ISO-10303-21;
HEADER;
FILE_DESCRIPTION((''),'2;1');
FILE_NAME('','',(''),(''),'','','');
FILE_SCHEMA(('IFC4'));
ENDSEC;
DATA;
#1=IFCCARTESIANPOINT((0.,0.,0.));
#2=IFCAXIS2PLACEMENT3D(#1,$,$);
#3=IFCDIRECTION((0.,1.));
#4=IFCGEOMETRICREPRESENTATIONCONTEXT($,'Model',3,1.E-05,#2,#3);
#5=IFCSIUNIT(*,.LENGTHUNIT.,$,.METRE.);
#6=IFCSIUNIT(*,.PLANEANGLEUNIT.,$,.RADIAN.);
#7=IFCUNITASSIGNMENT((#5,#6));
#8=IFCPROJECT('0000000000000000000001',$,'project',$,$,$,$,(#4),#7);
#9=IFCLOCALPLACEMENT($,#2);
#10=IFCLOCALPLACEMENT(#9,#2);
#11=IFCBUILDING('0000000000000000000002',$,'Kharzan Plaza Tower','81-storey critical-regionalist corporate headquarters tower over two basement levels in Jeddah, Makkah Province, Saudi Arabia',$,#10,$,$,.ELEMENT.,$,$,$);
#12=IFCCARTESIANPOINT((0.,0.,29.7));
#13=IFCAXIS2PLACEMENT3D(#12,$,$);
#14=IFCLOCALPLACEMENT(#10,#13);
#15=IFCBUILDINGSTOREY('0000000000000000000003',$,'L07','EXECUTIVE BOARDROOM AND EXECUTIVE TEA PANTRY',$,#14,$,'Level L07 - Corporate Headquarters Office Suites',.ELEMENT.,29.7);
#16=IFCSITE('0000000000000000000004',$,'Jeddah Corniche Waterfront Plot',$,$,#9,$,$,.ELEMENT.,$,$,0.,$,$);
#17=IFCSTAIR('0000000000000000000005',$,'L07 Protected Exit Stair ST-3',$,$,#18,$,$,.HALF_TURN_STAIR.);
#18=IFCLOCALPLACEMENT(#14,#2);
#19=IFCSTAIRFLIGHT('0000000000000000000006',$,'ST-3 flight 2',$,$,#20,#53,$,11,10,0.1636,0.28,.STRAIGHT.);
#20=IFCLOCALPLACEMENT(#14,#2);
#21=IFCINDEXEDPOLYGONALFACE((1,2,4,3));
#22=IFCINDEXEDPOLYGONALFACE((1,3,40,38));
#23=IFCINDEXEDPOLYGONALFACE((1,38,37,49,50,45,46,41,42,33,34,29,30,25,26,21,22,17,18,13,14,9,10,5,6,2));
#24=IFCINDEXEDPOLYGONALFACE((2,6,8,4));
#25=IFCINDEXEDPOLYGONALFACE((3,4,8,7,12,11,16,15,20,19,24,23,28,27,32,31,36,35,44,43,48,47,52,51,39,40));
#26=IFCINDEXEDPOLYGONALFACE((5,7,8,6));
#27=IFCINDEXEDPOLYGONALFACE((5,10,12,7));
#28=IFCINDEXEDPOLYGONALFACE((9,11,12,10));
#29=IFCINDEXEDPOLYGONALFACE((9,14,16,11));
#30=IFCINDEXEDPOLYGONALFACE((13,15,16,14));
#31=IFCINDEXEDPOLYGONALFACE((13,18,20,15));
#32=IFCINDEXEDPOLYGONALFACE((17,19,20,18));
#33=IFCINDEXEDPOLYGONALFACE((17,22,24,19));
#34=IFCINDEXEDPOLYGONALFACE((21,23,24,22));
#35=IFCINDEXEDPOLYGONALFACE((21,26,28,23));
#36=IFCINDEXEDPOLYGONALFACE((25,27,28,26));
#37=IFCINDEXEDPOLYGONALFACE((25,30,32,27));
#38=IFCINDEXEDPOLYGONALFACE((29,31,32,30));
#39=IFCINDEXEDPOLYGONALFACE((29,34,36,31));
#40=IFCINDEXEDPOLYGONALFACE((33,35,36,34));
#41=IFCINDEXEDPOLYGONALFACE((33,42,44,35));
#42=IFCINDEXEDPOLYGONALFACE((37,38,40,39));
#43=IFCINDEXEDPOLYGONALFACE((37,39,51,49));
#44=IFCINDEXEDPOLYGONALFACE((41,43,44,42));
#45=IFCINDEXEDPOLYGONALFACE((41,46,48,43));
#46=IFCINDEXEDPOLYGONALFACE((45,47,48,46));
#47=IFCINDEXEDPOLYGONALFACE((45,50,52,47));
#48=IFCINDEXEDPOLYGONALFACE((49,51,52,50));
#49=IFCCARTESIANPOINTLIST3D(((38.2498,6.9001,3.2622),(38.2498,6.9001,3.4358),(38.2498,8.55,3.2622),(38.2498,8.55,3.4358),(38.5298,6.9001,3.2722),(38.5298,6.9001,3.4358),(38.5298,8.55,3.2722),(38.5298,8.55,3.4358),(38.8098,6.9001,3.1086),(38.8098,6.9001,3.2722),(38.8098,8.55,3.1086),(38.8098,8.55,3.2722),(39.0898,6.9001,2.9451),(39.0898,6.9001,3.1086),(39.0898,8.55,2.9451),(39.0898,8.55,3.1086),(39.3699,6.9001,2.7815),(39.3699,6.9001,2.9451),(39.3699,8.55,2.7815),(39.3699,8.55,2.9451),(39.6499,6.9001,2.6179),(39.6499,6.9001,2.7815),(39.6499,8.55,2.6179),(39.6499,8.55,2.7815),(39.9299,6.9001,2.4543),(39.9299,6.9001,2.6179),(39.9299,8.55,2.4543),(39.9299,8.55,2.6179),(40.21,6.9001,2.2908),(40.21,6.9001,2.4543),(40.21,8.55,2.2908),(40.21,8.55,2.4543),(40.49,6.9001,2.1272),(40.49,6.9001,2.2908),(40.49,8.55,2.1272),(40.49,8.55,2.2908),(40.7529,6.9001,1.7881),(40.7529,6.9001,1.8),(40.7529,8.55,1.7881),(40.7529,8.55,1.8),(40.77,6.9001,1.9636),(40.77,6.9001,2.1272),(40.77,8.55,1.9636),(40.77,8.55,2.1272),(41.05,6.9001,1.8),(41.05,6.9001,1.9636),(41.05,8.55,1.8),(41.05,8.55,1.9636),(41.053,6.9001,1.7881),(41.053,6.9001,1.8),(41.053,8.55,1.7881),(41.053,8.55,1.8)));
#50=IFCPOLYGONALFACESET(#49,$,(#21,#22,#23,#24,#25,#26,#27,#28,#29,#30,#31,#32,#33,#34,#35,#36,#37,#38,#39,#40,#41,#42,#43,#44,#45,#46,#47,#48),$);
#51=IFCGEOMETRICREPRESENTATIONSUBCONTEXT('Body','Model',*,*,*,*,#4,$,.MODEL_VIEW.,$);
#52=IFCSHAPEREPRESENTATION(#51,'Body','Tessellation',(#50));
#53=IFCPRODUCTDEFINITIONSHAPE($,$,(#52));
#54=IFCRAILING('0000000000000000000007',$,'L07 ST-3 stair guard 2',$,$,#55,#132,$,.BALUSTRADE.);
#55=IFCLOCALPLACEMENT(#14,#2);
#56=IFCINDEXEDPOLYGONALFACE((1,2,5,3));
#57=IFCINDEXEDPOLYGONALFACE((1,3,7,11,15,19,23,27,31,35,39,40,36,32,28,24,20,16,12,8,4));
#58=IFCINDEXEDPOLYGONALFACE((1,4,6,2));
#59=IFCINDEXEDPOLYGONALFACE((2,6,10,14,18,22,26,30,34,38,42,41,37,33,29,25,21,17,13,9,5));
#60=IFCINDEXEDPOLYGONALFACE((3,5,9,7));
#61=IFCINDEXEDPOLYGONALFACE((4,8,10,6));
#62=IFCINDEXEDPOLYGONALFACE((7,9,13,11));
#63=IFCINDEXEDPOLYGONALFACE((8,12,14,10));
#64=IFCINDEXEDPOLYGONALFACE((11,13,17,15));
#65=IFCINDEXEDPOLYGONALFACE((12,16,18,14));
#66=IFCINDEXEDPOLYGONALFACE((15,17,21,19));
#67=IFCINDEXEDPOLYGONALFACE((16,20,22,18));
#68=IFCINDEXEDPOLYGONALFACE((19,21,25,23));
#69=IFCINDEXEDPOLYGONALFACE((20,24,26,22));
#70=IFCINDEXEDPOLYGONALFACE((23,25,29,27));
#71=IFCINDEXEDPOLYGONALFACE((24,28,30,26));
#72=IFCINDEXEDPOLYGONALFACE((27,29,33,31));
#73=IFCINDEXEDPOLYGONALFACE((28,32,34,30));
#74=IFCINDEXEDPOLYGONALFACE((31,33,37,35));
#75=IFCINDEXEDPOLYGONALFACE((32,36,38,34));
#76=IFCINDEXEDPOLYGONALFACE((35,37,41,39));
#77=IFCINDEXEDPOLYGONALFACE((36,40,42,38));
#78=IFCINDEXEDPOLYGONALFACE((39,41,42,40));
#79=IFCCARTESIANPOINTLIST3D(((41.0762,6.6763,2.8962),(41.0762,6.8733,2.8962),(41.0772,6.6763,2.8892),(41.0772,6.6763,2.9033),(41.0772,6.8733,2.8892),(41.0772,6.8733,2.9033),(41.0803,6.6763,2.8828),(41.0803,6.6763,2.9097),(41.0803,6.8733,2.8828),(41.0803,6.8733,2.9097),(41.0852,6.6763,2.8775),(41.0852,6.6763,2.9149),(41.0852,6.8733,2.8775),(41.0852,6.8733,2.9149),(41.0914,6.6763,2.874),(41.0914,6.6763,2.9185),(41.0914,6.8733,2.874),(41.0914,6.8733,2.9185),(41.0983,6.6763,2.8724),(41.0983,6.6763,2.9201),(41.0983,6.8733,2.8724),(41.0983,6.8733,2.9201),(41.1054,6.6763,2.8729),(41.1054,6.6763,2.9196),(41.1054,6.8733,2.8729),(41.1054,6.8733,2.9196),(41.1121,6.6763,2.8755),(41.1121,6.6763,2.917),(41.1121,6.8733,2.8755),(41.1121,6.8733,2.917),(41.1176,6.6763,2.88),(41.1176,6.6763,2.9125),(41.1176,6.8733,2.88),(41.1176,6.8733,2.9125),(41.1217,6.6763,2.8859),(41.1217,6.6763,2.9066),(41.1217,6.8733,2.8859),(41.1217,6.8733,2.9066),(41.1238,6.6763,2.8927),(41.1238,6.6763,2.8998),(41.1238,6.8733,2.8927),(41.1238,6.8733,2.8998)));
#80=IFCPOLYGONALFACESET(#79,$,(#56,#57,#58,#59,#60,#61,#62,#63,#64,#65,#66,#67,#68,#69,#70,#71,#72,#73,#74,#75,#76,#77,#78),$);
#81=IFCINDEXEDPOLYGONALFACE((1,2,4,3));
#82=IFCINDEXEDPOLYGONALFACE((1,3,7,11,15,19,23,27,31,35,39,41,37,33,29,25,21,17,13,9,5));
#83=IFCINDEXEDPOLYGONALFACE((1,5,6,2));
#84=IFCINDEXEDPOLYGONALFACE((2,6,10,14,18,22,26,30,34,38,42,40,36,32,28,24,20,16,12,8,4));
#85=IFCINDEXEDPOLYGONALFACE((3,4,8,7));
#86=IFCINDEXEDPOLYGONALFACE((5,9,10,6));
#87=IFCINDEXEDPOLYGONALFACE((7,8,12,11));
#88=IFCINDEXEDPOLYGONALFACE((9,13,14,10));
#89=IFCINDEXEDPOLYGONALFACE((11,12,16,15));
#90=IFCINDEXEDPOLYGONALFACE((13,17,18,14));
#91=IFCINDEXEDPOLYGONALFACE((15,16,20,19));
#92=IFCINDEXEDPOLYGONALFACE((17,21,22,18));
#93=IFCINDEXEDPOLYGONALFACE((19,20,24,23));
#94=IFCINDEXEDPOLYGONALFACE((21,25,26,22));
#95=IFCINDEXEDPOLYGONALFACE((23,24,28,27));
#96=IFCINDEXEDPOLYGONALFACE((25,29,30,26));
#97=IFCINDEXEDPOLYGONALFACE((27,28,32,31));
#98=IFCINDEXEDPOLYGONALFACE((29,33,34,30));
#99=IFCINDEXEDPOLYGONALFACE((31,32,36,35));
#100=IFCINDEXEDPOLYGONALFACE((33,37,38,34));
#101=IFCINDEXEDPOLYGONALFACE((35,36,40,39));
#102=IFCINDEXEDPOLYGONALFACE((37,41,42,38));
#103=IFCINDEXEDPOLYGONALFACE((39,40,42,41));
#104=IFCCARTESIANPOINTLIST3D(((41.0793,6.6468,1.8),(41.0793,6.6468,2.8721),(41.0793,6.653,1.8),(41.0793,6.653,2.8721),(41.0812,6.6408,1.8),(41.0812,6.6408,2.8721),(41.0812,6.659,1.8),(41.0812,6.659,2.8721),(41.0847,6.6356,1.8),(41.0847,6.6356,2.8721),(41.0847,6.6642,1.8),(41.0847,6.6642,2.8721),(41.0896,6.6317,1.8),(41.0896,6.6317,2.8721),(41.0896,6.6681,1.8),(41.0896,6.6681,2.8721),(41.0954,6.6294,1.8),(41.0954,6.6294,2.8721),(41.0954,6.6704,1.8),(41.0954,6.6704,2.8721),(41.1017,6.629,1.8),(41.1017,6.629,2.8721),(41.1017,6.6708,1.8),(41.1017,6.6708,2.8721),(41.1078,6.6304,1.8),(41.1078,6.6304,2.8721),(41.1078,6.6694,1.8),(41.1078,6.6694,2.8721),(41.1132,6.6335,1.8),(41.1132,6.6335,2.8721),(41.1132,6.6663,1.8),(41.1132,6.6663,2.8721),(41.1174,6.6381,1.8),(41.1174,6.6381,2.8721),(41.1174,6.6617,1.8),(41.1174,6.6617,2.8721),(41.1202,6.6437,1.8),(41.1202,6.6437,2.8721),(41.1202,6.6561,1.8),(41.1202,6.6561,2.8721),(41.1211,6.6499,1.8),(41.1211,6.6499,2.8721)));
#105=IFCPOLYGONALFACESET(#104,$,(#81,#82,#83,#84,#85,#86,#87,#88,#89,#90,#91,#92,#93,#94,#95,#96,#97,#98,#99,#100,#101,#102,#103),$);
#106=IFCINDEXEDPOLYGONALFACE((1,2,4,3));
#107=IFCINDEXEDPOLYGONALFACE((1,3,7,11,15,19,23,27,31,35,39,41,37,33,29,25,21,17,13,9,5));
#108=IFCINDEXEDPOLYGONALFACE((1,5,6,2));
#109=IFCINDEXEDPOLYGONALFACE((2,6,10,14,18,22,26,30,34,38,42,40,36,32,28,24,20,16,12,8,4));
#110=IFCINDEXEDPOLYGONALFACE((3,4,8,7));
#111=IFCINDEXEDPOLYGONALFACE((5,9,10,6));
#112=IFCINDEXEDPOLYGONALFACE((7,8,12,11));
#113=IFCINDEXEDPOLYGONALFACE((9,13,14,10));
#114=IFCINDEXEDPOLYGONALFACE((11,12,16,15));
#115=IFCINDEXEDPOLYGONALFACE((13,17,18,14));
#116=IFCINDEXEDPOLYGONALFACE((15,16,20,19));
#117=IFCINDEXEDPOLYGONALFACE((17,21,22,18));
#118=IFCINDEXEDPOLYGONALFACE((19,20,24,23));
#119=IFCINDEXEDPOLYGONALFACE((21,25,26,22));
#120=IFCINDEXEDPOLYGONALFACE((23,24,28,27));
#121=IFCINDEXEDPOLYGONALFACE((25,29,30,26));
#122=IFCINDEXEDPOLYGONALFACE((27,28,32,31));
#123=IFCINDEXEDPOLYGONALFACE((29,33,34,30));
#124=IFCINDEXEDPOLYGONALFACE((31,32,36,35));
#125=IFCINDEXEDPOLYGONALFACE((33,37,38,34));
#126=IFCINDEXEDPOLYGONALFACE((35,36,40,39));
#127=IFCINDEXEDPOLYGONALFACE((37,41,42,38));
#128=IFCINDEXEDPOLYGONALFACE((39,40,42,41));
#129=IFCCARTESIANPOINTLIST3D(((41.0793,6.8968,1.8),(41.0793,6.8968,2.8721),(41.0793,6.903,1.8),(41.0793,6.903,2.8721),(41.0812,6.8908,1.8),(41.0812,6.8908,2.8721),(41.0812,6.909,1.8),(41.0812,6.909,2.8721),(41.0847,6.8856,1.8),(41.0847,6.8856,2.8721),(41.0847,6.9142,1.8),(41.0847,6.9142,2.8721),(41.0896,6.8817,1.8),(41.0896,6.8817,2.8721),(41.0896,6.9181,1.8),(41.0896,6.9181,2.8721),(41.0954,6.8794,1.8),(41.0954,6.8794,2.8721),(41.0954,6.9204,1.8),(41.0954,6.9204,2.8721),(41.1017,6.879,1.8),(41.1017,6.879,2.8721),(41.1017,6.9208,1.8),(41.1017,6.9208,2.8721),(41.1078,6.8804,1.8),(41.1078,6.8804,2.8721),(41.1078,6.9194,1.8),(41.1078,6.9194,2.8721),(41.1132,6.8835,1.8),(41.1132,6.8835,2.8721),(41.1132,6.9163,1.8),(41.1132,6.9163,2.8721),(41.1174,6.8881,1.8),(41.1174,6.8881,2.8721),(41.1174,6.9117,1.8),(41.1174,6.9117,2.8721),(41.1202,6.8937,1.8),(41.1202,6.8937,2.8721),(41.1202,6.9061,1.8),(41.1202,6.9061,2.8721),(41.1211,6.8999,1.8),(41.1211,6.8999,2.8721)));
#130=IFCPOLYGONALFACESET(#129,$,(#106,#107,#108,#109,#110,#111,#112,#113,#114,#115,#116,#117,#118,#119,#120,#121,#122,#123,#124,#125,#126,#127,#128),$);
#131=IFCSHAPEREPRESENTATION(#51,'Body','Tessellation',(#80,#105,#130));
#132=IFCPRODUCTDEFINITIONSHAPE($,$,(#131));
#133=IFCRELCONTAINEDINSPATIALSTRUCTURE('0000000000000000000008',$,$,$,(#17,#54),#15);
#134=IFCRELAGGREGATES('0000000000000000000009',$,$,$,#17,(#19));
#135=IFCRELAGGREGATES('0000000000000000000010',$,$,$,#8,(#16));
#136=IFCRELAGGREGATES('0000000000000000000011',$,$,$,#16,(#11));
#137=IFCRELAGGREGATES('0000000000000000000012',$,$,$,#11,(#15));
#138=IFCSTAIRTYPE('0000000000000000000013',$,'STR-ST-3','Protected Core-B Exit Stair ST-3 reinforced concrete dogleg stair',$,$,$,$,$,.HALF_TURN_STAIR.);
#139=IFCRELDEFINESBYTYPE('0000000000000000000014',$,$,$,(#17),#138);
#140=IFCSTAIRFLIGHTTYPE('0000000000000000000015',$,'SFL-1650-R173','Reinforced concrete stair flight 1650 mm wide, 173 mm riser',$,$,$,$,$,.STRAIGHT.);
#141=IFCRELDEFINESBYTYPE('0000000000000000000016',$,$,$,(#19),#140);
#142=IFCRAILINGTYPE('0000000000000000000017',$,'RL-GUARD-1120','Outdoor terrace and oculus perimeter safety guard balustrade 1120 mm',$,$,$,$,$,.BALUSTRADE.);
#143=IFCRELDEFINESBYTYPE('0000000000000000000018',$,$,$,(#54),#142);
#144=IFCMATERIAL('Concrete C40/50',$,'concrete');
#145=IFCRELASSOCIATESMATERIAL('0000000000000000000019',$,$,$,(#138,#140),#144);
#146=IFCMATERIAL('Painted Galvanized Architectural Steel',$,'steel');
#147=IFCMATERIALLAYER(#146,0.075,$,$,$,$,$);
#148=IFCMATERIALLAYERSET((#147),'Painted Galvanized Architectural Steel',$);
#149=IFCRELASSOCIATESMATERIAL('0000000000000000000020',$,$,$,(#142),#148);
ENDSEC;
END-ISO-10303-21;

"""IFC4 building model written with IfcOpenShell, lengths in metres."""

from ifc_helpers import new_model, si_unit, direction, frame, origin, origin_2d, place, context, subcontext, project, spatial, polyline, circle, outline, extrude, source, transform, mapped, material, layer, layer_set, type_object, element, aggregate, save


model = new_model("IFC4")

# Units and contexts
model_context = context("Model", 3, precision=1e-05, world=origin(), true_north=direction((0.0, 1.0)))
body_context = subcontext(model_context, "Body", "Model", "MODEL_VIEW")
ifc_project = project(units=[si_unit("LENGTHUNIT", "METRE"), si_unit("PLANEANGLEUNIT", "RADIAN")], contexts=[model_context])

# Site, building, storey
site_placement = place(None, origin())
site = spatial("IfcSite", under=ifc_project, at=site_placement, Name="Jeddah Corniche Waterfront Plot", CompositionType="ELEMENT", RefElevation=0.0)
building_placement = place(site_placement, origin())
building = spatial("IfcBuilding", under=site, at=building_placement, Name="Kharzan Plaza Tower", Description="81-storey critical-regionalist corporate headquarters tower over two basement levels in Jeddah, Makkah Province, Saudi Arabia", CompositionType="ELEMENT")
storey_placement = place(building_placement, frame((0.0, 0.0, 29.7)))
storey = spatial("IfcBuildingStorey", under=building, at=storey_placement, Name="L07", Description="EXECUTIVE BOARDROOM AND EXECUTIVE TEA PANTRY", LongName="Level L07 - Corporate Headquarters Office Suites", CompositionType="ELEMENT", Elevation=29.7)

# Shared definitions
ifc_material_1 = material(Name="Concrete C40/50", Category="concrete")

# Stair, stair flight
stair_type = type_object("IfcStairType", Name="STR-ST-3", Description="Protected Core-B Exit Stair ST-3 reinforced concrete dogleg stair", PredefinedType="HALF_TURN_STAIR", material=ifc_material_1)
stair_placement = place(storey_placement, origin())
stair = element("IfcStair", 1, at=stair_placement, inside=storey, type_object=stair_type, Name="L07 Protected Exit Stair ST-3", PredefinedType="HALF_TURN_STAIR")
stair_flight_type = type_object("IfcStairFlightType", Name="SFL-1650-R173", Description="Reinforced concrete stair flight 1650 mm wide, 173 mm riser", PredefinedType="STRAIGHT", material=ifc_material_1)
shared_shape_1 = source(origin(), body_context, "Body", "SweptSolid", [
    extrude(outline(polyline([(-0.0029, -0.012), (-0.0029, 0.0), (0.0, 0.0), (0.0, 0.1636), (0.28, 0.1636), (0.28, 0.3271), (0.5601, 0.3271), (0.5601, 0.4907), (0.8401, 0.4907), (0.8401, 0.6543), (1.1201, 0.6543), (1.1201, 0.8179), (1.4001, 0.8179), (1.4001, 0.9814), (1.6802, 0.9814), (1.6802, 1.145), (1.9602, 1.145), (1.9602, 1.3086), (2.2402, 1.3086), (2.2402, 1.4722), (2.5203, 1.4722), (2.5203, 1.6357), (2.8003, 1.6357), (2.8003, 1.7993), (2.8003, 1.4622), (0.2971, 0.0), (0.2971, -0.012), (-0.0029, -0.012)])), frame((0.0, 0.825, 0.0), z_axis=(0.0, -1.0, 0.0), x_axis=(1.0, 0.0, 0.0)), (0.0, 0.0, 1.0), 1.6499),
])
stair_flight_1_placement = place(storey_placement, frame((41.05, 7.7251, 1.8), z_axis=(0.0, 0.0, 1.0), x_axis=(-1.0, 0.0, 0.0)))
stair_flight_1 = element("IfcStairFlight", 2, at=stair_flight_1_placement, type_object=stair_flight_type, Name="ST-3 flight 2", NumberOfRisers=11, NumberOfTreads=10, PredefinedType="STRAIGHT", RiserHeight=0.1636, TreadLength=0.28, context=body_context, shape_type="MappedRepresentation", body=[
    mapped(shared_shape_1, transform((0.0, 0.0, 0.0), x_axis=(1.0, 0.0, 0.0), y_axis=(0.0, 1.0, 0.0), z_axis=(0.0, 0.0, 1.0))),
])
aggregate(stair, [stair_flight_1])

# Railing
ifc_material_2 = material(Name="Painted Galvanized Architectural Steel", Category="steel")
ifc_layer_1 = layer(ifc_material_2, 0.075)
ifc_layer_set_1 = layer_set([ifc_layer_1], Name="Painted Galvanized Architectural Steel")
railing_type_1 = type_object("IfcRailingType", Name="RL-GUARD-1120", Description="Outdoor terrace and oculus perimeter safety guard balustrade 1120 mm", PredefinedType="BALUSTRADE", material=ifc_layer_set_1)
shared_shape_2 = source(origin(), body_context, "Body", "SweptSolid", [
    extrude(circle(Radius=0.0239, at=origin_2d()), frame((0.0, 0.0264, 1.0962), z_axis=(0.0, 1.0, 0.0), x_axis=(-1.0, 0.0, 0.0)), (0.0, 0.0, 1.0), 0.197),
    extrude(circle(Radius=0.021, at=origin_2d()), origin(), (0.0, 0.0, 1.0), 1.072),
    extrude(circle(Radius=0.021, at=origin_2d()), frame((0.0, 0.25, 0.0)), (0.0, 0.0, 1.0), 1.072),
])
for number, where, name in (
    (3, (41.1001, 6.6499, 1.8), "L07 ST-3 stair guard 2"),
):
    element("IfcRailing", number, at=place(storey_placement, frame(where)), inside=storey, type_object=railing_type_1, Name=name, PredefinedType="BALUSTRADE", context=body_context, shape_type="MappedRepresentation", body=[
        mapped(shared_shape_2, transform((0.0, 0.0, 0.0), x_axis=(1.0, 0.0, 0.0), y_axis=(0.0, 1.0, 0.0), z_axis=(0.0, 0.0, 1.0))),
    ])

save(model, "model.ifc")
